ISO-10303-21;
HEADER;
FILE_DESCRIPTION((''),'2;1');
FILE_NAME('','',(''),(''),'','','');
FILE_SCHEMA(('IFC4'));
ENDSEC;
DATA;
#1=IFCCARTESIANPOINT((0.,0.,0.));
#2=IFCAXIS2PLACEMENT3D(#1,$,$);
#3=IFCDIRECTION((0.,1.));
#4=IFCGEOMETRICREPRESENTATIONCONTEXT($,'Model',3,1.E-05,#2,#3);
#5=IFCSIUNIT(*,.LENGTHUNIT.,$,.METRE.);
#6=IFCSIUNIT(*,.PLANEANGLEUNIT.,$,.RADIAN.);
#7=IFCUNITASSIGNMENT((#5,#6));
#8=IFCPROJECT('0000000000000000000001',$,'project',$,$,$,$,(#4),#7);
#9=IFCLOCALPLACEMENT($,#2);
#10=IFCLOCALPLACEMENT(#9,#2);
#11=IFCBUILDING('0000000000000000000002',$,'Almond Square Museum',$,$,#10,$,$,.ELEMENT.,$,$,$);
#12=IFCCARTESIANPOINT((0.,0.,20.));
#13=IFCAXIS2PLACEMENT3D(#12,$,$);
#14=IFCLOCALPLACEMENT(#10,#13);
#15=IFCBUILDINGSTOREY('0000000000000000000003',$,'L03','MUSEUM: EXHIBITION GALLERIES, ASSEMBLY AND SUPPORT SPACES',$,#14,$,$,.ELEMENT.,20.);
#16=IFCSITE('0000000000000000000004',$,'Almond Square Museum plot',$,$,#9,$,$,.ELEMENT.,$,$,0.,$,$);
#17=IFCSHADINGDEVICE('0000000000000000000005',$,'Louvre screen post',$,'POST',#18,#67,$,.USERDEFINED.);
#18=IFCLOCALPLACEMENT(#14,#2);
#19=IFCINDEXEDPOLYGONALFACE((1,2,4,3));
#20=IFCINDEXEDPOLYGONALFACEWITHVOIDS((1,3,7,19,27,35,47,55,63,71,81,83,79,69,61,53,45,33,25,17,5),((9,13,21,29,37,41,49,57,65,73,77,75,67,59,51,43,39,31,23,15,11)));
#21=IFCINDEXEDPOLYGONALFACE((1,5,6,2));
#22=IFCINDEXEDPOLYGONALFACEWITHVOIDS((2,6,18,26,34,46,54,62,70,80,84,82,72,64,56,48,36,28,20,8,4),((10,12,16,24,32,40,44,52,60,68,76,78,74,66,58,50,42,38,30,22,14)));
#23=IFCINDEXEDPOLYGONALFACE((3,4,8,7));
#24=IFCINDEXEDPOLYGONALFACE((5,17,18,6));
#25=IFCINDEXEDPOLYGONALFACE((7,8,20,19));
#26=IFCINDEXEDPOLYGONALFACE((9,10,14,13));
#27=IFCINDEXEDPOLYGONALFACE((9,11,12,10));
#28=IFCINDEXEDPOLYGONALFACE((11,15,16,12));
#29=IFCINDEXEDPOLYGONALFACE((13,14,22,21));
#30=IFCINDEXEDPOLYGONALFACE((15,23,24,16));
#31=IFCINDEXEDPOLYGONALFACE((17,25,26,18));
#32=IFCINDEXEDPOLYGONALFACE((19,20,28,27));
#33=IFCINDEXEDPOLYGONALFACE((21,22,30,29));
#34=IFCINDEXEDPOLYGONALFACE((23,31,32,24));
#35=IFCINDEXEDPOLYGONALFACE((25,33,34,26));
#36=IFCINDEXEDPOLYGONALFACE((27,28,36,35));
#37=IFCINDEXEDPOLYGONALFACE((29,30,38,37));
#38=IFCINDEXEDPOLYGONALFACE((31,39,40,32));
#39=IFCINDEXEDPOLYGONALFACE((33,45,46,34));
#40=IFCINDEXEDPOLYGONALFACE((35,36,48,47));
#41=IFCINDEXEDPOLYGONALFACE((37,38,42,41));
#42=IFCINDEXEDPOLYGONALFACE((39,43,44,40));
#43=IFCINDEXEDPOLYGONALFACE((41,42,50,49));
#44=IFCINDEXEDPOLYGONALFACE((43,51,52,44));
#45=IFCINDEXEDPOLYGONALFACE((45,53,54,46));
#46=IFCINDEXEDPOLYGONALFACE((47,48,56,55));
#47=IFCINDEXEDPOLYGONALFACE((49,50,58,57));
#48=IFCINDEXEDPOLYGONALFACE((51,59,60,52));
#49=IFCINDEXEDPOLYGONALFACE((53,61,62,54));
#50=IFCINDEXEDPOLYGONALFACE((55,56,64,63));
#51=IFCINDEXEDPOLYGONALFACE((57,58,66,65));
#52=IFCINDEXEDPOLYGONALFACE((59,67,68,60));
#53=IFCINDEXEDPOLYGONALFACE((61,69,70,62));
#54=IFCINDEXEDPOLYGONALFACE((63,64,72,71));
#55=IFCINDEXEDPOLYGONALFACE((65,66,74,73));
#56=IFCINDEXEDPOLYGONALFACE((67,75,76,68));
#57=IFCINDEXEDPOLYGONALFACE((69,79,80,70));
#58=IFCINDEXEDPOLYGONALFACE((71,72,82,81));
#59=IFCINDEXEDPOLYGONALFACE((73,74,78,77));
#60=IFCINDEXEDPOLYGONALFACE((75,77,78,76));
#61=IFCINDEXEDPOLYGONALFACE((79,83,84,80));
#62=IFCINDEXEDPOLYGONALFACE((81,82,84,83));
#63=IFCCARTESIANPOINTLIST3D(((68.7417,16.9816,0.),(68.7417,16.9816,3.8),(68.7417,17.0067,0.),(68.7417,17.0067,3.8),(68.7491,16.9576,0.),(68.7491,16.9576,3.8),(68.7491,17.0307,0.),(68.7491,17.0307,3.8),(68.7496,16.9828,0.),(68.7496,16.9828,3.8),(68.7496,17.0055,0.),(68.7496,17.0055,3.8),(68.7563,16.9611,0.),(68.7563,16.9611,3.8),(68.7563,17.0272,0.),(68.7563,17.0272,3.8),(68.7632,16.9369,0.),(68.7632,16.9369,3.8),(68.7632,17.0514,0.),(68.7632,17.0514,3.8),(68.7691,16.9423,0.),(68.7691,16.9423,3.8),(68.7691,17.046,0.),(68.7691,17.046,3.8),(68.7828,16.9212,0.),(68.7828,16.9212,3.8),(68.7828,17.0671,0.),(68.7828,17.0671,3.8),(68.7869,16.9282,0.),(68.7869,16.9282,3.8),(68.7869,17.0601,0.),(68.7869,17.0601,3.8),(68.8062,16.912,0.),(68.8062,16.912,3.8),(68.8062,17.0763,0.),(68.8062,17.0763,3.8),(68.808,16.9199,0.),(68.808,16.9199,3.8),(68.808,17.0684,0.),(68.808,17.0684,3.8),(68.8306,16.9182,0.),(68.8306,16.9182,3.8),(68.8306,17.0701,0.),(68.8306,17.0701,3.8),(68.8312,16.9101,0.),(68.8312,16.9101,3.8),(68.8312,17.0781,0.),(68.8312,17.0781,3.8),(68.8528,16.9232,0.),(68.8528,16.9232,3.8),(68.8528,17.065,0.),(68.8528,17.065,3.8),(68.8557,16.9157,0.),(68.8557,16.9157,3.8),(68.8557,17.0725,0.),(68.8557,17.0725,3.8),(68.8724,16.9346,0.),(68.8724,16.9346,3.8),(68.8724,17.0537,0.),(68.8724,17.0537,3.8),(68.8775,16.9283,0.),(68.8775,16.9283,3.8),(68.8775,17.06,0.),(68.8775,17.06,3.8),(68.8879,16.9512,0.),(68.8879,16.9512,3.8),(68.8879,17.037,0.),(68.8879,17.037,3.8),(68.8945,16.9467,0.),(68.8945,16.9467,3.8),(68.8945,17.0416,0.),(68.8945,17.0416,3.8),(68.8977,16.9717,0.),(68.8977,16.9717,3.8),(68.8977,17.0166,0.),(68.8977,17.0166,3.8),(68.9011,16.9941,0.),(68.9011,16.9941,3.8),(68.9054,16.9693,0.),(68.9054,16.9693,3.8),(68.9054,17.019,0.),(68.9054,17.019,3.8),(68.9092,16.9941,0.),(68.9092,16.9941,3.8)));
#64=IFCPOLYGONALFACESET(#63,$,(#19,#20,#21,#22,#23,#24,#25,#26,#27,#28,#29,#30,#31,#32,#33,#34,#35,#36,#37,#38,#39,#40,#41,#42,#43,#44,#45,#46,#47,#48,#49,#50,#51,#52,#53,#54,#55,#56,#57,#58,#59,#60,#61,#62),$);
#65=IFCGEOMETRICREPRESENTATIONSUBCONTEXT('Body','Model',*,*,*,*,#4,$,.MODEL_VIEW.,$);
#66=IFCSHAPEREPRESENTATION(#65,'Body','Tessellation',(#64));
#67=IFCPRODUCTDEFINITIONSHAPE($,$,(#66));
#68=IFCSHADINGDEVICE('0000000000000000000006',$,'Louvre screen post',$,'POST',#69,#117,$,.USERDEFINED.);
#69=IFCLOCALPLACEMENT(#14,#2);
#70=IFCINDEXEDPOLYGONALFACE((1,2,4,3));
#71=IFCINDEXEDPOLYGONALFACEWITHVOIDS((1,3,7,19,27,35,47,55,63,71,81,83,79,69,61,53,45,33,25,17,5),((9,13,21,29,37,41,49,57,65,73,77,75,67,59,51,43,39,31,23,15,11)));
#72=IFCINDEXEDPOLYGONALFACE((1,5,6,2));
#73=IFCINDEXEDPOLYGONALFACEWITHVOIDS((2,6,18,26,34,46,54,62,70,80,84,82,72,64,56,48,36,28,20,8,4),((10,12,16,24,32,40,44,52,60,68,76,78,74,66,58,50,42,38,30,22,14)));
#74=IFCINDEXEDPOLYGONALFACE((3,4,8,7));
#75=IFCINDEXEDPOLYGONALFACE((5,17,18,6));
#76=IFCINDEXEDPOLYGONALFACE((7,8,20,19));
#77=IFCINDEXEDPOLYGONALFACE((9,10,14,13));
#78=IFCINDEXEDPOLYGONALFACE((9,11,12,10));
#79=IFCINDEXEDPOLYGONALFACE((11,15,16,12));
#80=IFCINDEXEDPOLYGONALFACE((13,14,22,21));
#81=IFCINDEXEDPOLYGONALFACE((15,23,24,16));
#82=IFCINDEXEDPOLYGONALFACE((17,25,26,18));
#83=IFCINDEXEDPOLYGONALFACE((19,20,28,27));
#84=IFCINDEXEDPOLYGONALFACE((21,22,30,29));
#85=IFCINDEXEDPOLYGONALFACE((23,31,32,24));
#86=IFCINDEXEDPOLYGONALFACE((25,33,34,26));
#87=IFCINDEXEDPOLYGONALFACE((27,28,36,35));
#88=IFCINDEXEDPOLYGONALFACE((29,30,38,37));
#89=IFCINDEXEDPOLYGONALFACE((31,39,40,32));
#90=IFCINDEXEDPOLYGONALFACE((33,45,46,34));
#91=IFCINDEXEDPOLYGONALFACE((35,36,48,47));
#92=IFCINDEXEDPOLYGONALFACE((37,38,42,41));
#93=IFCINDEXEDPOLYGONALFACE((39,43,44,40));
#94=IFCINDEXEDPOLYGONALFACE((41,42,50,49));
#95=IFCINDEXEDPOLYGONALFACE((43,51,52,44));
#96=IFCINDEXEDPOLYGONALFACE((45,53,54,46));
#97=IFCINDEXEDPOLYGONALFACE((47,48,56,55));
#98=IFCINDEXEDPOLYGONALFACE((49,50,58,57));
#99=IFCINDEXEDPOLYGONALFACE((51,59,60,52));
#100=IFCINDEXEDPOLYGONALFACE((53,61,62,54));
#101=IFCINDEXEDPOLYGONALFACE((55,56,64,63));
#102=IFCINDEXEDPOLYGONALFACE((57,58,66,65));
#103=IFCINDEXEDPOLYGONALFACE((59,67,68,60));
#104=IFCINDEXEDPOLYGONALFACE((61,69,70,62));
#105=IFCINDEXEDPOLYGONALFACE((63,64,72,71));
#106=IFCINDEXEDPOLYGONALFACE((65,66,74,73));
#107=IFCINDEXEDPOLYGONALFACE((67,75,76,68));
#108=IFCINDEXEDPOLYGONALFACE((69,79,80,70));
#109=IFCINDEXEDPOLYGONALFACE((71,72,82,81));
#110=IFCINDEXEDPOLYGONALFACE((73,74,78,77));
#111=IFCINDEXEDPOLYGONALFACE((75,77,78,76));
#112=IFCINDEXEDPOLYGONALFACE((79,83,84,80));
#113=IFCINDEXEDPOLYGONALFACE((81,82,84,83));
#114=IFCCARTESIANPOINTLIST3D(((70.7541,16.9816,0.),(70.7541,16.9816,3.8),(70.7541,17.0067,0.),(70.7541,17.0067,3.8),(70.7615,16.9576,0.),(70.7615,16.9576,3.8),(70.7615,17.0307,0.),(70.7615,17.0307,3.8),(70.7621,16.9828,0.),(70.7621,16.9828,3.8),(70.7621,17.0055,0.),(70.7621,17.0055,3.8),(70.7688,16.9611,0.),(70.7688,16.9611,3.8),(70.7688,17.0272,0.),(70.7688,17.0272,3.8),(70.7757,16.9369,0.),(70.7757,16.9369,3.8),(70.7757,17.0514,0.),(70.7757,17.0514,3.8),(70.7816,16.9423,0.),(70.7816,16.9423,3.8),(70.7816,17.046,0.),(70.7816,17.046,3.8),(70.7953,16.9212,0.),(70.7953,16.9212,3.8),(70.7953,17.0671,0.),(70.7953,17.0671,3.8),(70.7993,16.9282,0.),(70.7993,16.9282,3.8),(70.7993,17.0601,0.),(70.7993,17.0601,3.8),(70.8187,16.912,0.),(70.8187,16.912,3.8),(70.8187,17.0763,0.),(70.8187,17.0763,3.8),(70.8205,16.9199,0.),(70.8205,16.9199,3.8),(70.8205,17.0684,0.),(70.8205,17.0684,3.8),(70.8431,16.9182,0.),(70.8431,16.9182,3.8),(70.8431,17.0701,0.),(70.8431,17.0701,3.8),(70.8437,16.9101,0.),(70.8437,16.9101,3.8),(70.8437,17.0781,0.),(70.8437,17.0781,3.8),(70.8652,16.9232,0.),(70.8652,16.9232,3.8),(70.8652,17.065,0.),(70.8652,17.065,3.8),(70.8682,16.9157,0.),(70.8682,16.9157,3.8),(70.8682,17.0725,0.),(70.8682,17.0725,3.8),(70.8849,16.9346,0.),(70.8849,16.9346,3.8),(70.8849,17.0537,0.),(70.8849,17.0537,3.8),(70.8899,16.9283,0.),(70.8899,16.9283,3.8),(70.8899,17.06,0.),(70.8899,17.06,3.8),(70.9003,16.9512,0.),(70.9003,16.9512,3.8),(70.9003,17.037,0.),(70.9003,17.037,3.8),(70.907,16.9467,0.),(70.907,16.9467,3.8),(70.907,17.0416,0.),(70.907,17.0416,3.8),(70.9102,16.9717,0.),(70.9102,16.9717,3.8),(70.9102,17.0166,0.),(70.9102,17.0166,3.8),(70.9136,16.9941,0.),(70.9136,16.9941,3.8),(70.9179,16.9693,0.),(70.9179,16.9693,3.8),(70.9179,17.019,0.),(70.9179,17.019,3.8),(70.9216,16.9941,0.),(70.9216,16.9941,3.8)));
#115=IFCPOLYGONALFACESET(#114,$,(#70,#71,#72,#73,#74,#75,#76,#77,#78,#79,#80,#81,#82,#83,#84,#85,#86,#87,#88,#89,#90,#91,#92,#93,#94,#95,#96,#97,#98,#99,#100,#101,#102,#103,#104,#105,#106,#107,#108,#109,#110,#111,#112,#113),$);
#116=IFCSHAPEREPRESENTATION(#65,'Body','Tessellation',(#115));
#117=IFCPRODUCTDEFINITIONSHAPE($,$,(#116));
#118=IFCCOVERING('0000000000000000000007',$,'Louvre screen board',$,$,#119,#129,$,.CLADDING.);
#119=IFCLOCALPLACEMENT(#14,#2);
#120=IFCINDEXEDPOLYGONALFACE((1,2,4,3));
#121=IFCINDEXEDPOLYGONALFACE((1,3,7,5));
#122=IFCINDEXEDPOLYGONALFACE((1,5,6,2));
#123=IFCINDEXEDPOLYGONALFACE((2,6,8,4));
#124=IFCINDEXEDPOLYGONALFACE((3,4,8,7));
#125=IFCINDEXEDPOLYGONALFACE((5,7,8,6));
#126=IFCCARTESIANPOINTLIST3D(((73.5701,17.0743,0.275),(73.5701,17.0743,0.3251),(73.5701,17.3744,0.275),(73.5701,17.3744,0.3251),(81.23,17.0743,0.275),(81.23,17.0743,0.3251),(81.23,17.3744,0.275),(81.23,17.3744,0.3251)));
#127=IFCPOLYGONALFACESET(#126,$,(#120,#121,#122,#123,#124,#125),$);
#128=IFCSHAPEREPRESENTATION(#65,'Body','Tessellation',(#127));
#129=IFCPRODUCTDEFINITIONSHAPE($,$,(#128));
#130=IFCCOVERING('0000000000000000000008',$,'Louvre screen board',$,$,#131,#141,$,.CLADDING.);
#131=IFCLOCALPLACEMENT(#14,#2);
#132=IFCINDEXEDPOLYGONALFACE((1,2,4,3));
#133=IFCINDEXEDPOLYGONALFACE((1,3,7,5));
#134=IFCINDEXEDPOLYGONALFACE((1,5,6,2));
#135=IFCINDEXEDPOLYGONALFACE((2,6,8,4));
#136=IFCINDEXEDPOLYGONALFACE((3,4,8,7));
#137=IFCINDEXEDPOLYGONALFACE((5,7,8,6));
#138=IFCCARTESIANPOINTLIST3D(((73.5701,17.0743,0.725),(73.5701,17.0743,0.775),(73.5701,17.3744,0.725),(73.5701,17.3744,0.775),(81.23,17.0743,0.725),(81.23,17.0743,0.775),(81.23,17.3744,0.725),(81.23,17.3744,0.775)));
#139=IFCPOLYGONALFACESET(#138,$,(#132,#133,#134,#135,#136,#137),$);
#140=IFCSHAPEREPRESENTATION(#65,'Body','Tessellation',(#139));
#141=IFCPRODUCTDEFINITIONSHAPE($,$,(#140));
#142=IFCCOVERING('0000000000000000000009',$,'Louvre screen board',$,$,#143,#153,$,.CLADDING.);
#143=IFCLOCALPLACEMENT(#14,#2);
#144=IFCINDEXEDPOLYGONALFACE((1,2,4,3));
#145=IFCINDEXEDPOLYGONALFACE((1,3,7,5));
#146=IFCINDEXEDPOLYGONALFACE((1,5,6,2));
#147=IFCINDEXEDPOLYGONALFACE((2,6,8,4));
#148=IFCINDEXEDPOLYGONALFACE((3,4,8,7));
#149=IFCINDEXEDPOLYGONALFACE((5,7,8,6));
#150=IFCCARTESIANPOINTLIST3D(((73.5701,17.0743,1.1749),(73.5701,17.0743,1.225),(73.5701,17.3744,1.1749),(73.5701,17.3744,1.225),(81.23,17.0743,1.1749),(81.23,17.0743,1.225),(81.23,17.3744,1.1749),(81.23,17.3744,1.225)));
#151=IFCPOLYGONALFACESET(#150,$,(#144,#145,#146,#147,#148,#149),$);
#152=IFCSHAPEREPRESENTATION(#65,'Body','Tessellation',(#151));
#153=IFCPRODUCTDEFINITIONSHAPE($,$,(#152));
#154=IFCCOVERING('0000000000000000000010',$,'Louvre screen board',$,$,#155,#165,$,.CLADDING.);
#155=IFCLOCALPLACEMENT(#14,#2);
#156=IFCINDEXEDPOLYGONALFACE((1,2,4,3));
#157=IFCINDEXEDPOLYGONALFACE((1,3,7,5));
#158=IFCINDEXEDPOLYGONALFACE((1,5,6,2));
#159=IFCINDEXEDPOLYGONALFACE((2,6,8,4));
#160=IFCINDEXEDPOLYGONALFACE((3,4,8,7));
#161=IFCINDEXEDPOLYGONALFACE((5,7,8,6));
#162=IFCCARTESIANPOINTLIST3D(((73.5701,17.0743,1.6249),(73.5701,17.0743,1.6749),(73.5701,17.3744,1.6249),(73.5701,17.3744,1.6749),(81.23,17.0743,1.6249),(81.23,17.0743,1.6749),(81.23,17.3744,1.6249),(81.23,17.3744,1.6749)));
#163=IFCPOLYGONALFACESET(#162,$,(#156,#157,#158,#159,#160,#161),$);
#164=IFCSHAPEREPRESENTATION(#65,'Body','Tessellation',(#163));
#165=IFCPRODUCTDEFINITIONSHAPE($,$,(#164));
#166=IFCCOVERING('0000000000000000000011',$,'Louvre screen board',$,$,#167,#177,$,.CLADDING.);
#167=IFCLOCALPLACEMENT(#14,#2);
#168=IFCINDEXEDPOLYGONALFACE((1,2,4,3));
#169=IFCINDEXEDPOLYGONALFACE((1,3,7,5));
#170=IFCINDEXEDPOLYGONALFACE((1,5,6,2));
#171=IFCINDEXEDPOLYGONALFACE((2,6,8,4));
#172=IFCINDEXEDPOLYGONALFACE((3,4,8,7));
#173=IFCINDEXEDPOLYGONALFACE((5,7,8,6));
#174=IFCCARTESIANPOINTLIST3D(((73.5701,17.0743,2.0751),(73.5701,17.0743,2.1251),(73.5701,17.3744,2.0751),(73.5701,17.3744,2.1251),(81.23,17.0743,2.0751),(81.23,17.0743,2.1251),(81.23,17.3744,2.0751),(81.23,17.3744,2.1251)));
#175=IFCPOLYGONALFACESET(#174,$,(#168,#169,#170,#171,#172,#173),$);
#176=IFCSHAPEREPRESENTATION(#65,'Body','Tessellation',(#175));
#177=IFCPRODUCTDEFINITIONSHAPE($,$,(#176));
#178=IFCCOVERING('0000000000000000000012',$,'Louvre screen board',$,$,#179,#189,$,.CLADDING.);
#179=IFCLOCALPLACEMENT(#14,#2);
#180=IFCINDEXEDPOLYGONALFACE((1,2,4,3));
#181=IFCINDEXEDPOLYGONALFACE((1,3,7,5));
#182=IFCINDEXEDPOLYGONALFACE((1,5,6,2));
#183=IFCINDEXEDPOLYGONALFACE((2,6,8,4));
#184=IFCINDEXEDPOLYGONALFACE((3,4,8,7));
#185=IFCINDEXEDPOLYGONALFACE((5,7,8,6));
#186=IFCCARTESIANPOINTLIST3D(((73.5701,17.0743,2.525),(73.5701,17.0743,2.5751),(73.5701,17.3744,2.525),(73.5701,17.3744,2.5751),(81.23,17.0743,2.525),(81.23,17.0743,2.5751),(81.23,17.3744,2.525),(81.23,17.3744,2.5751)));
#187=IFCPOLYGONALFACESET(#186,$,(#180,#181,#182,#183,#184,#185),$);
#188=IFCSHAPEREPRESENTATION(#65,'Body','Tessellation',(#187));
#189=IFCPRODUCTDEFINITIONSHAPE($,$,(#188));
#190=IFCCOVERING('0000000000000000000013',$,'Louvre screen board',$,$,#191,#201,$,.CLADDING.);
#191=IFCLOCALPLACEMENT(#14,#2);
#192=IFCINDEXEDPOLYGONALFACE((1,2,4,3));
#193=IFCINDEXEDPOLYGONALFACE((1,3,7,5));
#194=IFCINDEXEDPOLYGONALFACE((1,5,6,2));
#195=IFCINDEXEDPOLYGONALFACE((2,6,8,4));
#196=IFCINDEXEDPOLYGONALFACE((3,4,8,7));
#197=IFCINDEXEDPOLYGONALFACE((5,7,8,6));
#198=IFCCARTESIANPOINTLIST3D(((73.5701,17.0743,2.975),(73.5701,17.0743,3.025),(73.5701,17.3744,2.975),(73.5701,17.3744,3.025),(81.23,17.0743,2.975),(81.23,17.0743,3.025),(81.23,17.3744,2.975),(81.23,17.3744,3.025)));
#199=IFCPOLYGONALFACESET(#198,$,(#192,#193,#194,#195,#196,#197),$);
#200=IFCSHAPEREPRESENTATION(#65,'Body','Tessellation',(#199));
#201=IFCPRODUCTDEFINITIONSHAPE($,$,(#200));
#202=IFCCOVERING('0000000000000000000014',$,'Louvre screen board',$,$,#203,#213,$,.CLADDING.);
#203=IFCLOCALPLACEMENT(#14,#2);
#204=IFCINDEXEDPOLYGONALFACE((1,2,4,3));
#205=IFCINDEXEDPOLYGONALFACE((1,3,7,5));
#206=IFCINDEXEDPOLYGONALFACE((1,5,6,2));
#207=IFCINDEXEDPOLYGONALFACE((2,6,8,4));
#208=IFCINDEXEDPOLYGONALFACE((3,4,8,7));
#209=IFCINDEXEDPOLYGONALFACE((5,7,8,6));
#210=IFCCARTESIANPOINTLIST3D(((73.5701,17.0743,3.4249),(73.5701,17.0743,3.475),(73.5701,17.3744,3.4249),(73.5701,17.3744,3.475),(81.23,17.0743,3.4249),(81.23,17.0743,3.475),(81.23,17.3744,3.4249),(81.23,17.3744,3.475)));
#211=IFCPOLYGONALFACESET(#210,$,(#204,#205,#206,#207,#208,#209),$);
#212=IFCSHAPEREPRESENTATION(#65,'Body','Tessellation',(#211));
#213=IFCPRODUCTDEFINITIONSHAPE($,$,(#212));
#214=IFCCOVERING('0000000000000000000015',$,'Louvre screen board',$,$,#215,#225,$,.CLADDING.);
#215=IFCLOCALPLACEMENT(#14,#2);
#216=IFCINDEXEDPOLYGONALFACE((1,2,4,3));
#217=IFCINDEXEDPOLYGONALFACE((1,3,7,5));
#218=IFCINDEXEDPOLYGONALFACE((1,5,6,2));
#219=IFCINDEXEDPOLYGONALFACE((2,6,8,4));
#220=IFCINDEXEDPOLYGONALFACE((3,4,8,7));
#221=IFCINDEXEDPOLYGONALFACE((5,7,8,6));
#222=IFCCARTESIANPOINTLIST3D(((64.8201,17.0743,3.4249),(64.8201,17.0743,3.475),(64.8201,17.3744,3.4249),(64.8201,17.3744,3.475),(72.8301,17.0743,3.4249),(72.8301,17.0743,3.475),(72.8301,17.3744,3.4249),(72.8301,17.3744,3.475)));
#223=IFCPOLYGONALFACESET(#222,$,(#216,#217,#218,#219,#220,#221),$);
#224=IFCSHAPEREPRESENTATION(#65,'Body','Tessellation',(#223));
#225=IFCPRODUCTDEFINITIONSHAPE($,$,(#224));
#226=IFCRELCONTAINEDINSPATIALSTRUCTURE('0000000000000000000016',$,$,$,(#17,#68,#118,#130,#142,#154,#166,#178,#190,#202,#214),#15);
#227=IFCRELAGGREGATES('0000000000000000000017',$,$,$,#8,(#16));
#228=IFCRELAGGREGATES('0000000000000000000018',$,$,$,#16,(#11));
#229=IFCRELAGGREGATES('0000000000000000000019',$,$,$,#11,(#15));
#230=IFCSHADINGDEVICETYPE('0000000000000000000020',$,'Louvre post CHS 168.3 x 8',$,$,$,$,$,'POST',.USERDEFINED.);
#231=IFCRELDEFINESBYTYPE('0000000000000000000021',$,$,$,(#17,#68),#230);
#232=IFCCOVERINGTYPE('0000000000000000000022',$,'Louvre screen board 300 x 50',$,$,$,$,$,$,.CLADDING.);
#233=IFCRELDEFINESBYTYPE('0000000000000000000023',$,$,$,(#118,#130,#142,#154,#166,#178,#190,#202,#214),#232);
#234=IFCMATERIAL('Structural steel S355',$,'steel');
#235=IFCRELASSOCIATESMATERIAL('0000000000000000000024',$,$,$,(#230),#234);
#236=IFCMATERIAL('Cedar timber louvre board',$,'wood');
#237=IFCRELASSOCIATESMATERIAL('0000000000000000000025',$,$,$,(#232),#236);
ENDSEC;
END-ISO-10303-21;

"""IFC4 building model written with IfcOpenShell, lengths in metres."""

from ifc_helpers import new_model, si_unit, direction, frame, origin, origin_2d, place, context, subcontext, project, spatial, rectangle, hollow_circle, extrude, material, material_profile, profile_set, type_object, element, save


model = new_model("IFC4")

# Units and contexts
model_context = context("Model", 3, precision=1e-05, world=origin(), true_north=direction((0.0, 1.0)))
body_context = subcontext(model_context, "Body", "Model", "MODEL_VIEW")
ifc_project = project(units=[si_unit("LENGTHUNIT", "METRE"), si_unit("PLANEANGLEUNIT", "RADIAN")], contexts=[model_context])

# Site, building, storey
site_placement = place(None, origin())
site = spatial("IfcSite", under=ifc_project, at=site_placement, Name="Almond Square Museum plot", CompositionType="ELEMENT", RefElevation=0.0)
building_placement = place(site_placement, origin())
building = spatial("IfcBuilding", under=site, at=building_placement, Name="Almond Square Museum", CompositionType="ELEMENT")
storey_placement = place(building_placement, frame((0.0, 0.0, 20.0)))
storey = spatial("IfcBuildingStorey", under=building, at=storey_placement, Name="L03", Description="MUSEUM: EXHIBITION GALLERIES, ASSEMBLY AND SUPPORT SPACES", CompositionType="ELEMENT", Elevation=20.0)

# Shading devices
ifc_material_1 = material(Name="Structural steel S355", Category="steel")
ifc_material_profile_1 = material_profile(ifc_material_1, hollow_circle(Radius=0.0842, WallThickness=0.0081, at=origin_2d()))
ifc_profile_set_1 = profile_set([ifc_material_profile_1], Name="Structural steel S355")
shading_device_type_1 = type_object("IfcShadingDeviceType", Name="Louvre post CHS 168.3 x 8", ElementType="POST", PredefinedType="USERDEFINED", material=ifc_profile_set_1)
for number, where, z_axis, x_axis, name in (
    (1, (68.825, 16.9941, 0.0), (0.0, 0.0, 1.0), (1.0, 0.0, 0.0), "Louvre screen post"),
    (2, (70.8374, 16.9941, 0.0), (0.0, 0.0, 1.0), (1.0, 0.0, 0.0), "Louvre screen post"),
):
    element("IfcShadingDevice", number, at=place(storey_placement, frame(where, z_axis=z_axis, x_axis=x_axis)), inside=storey, type_object=shading_device_type_1, Name=name, ObjectType="POST", PredefinedType="USERDEFINED", context=body_context, shape_type="SweptSolid", body=[
        extrude(hollow_circle(Radius=0.0842, WallThickness=0.0081, at=origin_2d()), origin(), (0.0, 0.0, 1.0), 3.8),
    ])

# Coverings
ifc_material_2 = material(Name="Cedar timber louvre board", Category="wood")
ifc_material_profile_2 = material_profile(ifc_material_2, rectangle(XDim=0.3, YDim=0.05, at=origin_2d()))
ifc_profile_set_2 = profile_set([ifc_material_profile_2], Name="Cedar timber louvre board")
covering_type = type_object("IfcCoveringType", Name="Louvre screen board 300 x 50", PredefinedType="CLADDING", material=ifc_profile_set_2)
for number, where, z_axis, x_axis, name in (
    (3, (73.5701, 17.2244, 0.3), (1.0, 0.0, 0.0), (0.0, 1.0, 0.0), "Louvre screen board"),
    (4, (73.5701, 17.2244, 0.75), (1.0, 0.0, 0.0), (0.0, 1.0, 0.0), "Louvre screen board"),
    (5, (73.5701, 17.2244, 1.2), (1.0, 0.0, 0.0), (0.0, 1.0, 0.0), "Louvre screen board"),
    (6, (73.5701, 17.2244, 1.6499), (1.0, 0.0, 0.0), (0.0, 1.0, 0.0), "Louvre screen board"),
    (7, (73.5701, 17.2244, 2.1001), (1.0, 0.0, 0.0), (0.0, 1.0, 0.0), "Louvre screen board"),
    (8, (73.5701, 17.2244, 2.55), (1.0, 0.0, 0.0), (0.0, 1.0, 0.0), "Louvre screen board"),
    (9, (73.5701, 17.2244, 3.0), (1.0, 0.0, 0.0), (0.0, 1.0, 0.0), "Louvre screen board"),
    (10, (73.5701, 17.2244, 3.45), (1.0, 0.0, 0.0), (0.0, 1.0, 0.0), "Louvre screen board"),
):
    element("IfcCovering", number, at=place(storey_placement, frame(where, z_axis=z_axis, x_axis=x_axis)), inside=storey, type_object=covering_type, Name=name, PredefinedType="CLADDING", context=body_context, shape_type="SweptSolid", body=[
        extrude(rectangle(XDim=0.3, YDim=0.05, at=origin_2d()), origin(), (0.0, 0.0, 1.0), 7.6599),
    ])
covering_placement = place(storey_placement, frame((64.8201, 17.2244, 3.45), z_axis=(1.0, 0.0, 0.0), x_axis=(0.0, 1.0, 0.0)))
element("IfcCovering", 11, at=covering_placement, inside=storey, type_object=covering_type, Name="Louvre screen board", PredefinedType="CLADDING", context=body_context, shape_type="SweptSolid", body=[
    extrude(rectangle(XDim=0.3, YDim=0.05, at=origin_2d()), origin(), (0.0, 0.0, 1.0), 8.01),
])

save(model, "model.ifc")
